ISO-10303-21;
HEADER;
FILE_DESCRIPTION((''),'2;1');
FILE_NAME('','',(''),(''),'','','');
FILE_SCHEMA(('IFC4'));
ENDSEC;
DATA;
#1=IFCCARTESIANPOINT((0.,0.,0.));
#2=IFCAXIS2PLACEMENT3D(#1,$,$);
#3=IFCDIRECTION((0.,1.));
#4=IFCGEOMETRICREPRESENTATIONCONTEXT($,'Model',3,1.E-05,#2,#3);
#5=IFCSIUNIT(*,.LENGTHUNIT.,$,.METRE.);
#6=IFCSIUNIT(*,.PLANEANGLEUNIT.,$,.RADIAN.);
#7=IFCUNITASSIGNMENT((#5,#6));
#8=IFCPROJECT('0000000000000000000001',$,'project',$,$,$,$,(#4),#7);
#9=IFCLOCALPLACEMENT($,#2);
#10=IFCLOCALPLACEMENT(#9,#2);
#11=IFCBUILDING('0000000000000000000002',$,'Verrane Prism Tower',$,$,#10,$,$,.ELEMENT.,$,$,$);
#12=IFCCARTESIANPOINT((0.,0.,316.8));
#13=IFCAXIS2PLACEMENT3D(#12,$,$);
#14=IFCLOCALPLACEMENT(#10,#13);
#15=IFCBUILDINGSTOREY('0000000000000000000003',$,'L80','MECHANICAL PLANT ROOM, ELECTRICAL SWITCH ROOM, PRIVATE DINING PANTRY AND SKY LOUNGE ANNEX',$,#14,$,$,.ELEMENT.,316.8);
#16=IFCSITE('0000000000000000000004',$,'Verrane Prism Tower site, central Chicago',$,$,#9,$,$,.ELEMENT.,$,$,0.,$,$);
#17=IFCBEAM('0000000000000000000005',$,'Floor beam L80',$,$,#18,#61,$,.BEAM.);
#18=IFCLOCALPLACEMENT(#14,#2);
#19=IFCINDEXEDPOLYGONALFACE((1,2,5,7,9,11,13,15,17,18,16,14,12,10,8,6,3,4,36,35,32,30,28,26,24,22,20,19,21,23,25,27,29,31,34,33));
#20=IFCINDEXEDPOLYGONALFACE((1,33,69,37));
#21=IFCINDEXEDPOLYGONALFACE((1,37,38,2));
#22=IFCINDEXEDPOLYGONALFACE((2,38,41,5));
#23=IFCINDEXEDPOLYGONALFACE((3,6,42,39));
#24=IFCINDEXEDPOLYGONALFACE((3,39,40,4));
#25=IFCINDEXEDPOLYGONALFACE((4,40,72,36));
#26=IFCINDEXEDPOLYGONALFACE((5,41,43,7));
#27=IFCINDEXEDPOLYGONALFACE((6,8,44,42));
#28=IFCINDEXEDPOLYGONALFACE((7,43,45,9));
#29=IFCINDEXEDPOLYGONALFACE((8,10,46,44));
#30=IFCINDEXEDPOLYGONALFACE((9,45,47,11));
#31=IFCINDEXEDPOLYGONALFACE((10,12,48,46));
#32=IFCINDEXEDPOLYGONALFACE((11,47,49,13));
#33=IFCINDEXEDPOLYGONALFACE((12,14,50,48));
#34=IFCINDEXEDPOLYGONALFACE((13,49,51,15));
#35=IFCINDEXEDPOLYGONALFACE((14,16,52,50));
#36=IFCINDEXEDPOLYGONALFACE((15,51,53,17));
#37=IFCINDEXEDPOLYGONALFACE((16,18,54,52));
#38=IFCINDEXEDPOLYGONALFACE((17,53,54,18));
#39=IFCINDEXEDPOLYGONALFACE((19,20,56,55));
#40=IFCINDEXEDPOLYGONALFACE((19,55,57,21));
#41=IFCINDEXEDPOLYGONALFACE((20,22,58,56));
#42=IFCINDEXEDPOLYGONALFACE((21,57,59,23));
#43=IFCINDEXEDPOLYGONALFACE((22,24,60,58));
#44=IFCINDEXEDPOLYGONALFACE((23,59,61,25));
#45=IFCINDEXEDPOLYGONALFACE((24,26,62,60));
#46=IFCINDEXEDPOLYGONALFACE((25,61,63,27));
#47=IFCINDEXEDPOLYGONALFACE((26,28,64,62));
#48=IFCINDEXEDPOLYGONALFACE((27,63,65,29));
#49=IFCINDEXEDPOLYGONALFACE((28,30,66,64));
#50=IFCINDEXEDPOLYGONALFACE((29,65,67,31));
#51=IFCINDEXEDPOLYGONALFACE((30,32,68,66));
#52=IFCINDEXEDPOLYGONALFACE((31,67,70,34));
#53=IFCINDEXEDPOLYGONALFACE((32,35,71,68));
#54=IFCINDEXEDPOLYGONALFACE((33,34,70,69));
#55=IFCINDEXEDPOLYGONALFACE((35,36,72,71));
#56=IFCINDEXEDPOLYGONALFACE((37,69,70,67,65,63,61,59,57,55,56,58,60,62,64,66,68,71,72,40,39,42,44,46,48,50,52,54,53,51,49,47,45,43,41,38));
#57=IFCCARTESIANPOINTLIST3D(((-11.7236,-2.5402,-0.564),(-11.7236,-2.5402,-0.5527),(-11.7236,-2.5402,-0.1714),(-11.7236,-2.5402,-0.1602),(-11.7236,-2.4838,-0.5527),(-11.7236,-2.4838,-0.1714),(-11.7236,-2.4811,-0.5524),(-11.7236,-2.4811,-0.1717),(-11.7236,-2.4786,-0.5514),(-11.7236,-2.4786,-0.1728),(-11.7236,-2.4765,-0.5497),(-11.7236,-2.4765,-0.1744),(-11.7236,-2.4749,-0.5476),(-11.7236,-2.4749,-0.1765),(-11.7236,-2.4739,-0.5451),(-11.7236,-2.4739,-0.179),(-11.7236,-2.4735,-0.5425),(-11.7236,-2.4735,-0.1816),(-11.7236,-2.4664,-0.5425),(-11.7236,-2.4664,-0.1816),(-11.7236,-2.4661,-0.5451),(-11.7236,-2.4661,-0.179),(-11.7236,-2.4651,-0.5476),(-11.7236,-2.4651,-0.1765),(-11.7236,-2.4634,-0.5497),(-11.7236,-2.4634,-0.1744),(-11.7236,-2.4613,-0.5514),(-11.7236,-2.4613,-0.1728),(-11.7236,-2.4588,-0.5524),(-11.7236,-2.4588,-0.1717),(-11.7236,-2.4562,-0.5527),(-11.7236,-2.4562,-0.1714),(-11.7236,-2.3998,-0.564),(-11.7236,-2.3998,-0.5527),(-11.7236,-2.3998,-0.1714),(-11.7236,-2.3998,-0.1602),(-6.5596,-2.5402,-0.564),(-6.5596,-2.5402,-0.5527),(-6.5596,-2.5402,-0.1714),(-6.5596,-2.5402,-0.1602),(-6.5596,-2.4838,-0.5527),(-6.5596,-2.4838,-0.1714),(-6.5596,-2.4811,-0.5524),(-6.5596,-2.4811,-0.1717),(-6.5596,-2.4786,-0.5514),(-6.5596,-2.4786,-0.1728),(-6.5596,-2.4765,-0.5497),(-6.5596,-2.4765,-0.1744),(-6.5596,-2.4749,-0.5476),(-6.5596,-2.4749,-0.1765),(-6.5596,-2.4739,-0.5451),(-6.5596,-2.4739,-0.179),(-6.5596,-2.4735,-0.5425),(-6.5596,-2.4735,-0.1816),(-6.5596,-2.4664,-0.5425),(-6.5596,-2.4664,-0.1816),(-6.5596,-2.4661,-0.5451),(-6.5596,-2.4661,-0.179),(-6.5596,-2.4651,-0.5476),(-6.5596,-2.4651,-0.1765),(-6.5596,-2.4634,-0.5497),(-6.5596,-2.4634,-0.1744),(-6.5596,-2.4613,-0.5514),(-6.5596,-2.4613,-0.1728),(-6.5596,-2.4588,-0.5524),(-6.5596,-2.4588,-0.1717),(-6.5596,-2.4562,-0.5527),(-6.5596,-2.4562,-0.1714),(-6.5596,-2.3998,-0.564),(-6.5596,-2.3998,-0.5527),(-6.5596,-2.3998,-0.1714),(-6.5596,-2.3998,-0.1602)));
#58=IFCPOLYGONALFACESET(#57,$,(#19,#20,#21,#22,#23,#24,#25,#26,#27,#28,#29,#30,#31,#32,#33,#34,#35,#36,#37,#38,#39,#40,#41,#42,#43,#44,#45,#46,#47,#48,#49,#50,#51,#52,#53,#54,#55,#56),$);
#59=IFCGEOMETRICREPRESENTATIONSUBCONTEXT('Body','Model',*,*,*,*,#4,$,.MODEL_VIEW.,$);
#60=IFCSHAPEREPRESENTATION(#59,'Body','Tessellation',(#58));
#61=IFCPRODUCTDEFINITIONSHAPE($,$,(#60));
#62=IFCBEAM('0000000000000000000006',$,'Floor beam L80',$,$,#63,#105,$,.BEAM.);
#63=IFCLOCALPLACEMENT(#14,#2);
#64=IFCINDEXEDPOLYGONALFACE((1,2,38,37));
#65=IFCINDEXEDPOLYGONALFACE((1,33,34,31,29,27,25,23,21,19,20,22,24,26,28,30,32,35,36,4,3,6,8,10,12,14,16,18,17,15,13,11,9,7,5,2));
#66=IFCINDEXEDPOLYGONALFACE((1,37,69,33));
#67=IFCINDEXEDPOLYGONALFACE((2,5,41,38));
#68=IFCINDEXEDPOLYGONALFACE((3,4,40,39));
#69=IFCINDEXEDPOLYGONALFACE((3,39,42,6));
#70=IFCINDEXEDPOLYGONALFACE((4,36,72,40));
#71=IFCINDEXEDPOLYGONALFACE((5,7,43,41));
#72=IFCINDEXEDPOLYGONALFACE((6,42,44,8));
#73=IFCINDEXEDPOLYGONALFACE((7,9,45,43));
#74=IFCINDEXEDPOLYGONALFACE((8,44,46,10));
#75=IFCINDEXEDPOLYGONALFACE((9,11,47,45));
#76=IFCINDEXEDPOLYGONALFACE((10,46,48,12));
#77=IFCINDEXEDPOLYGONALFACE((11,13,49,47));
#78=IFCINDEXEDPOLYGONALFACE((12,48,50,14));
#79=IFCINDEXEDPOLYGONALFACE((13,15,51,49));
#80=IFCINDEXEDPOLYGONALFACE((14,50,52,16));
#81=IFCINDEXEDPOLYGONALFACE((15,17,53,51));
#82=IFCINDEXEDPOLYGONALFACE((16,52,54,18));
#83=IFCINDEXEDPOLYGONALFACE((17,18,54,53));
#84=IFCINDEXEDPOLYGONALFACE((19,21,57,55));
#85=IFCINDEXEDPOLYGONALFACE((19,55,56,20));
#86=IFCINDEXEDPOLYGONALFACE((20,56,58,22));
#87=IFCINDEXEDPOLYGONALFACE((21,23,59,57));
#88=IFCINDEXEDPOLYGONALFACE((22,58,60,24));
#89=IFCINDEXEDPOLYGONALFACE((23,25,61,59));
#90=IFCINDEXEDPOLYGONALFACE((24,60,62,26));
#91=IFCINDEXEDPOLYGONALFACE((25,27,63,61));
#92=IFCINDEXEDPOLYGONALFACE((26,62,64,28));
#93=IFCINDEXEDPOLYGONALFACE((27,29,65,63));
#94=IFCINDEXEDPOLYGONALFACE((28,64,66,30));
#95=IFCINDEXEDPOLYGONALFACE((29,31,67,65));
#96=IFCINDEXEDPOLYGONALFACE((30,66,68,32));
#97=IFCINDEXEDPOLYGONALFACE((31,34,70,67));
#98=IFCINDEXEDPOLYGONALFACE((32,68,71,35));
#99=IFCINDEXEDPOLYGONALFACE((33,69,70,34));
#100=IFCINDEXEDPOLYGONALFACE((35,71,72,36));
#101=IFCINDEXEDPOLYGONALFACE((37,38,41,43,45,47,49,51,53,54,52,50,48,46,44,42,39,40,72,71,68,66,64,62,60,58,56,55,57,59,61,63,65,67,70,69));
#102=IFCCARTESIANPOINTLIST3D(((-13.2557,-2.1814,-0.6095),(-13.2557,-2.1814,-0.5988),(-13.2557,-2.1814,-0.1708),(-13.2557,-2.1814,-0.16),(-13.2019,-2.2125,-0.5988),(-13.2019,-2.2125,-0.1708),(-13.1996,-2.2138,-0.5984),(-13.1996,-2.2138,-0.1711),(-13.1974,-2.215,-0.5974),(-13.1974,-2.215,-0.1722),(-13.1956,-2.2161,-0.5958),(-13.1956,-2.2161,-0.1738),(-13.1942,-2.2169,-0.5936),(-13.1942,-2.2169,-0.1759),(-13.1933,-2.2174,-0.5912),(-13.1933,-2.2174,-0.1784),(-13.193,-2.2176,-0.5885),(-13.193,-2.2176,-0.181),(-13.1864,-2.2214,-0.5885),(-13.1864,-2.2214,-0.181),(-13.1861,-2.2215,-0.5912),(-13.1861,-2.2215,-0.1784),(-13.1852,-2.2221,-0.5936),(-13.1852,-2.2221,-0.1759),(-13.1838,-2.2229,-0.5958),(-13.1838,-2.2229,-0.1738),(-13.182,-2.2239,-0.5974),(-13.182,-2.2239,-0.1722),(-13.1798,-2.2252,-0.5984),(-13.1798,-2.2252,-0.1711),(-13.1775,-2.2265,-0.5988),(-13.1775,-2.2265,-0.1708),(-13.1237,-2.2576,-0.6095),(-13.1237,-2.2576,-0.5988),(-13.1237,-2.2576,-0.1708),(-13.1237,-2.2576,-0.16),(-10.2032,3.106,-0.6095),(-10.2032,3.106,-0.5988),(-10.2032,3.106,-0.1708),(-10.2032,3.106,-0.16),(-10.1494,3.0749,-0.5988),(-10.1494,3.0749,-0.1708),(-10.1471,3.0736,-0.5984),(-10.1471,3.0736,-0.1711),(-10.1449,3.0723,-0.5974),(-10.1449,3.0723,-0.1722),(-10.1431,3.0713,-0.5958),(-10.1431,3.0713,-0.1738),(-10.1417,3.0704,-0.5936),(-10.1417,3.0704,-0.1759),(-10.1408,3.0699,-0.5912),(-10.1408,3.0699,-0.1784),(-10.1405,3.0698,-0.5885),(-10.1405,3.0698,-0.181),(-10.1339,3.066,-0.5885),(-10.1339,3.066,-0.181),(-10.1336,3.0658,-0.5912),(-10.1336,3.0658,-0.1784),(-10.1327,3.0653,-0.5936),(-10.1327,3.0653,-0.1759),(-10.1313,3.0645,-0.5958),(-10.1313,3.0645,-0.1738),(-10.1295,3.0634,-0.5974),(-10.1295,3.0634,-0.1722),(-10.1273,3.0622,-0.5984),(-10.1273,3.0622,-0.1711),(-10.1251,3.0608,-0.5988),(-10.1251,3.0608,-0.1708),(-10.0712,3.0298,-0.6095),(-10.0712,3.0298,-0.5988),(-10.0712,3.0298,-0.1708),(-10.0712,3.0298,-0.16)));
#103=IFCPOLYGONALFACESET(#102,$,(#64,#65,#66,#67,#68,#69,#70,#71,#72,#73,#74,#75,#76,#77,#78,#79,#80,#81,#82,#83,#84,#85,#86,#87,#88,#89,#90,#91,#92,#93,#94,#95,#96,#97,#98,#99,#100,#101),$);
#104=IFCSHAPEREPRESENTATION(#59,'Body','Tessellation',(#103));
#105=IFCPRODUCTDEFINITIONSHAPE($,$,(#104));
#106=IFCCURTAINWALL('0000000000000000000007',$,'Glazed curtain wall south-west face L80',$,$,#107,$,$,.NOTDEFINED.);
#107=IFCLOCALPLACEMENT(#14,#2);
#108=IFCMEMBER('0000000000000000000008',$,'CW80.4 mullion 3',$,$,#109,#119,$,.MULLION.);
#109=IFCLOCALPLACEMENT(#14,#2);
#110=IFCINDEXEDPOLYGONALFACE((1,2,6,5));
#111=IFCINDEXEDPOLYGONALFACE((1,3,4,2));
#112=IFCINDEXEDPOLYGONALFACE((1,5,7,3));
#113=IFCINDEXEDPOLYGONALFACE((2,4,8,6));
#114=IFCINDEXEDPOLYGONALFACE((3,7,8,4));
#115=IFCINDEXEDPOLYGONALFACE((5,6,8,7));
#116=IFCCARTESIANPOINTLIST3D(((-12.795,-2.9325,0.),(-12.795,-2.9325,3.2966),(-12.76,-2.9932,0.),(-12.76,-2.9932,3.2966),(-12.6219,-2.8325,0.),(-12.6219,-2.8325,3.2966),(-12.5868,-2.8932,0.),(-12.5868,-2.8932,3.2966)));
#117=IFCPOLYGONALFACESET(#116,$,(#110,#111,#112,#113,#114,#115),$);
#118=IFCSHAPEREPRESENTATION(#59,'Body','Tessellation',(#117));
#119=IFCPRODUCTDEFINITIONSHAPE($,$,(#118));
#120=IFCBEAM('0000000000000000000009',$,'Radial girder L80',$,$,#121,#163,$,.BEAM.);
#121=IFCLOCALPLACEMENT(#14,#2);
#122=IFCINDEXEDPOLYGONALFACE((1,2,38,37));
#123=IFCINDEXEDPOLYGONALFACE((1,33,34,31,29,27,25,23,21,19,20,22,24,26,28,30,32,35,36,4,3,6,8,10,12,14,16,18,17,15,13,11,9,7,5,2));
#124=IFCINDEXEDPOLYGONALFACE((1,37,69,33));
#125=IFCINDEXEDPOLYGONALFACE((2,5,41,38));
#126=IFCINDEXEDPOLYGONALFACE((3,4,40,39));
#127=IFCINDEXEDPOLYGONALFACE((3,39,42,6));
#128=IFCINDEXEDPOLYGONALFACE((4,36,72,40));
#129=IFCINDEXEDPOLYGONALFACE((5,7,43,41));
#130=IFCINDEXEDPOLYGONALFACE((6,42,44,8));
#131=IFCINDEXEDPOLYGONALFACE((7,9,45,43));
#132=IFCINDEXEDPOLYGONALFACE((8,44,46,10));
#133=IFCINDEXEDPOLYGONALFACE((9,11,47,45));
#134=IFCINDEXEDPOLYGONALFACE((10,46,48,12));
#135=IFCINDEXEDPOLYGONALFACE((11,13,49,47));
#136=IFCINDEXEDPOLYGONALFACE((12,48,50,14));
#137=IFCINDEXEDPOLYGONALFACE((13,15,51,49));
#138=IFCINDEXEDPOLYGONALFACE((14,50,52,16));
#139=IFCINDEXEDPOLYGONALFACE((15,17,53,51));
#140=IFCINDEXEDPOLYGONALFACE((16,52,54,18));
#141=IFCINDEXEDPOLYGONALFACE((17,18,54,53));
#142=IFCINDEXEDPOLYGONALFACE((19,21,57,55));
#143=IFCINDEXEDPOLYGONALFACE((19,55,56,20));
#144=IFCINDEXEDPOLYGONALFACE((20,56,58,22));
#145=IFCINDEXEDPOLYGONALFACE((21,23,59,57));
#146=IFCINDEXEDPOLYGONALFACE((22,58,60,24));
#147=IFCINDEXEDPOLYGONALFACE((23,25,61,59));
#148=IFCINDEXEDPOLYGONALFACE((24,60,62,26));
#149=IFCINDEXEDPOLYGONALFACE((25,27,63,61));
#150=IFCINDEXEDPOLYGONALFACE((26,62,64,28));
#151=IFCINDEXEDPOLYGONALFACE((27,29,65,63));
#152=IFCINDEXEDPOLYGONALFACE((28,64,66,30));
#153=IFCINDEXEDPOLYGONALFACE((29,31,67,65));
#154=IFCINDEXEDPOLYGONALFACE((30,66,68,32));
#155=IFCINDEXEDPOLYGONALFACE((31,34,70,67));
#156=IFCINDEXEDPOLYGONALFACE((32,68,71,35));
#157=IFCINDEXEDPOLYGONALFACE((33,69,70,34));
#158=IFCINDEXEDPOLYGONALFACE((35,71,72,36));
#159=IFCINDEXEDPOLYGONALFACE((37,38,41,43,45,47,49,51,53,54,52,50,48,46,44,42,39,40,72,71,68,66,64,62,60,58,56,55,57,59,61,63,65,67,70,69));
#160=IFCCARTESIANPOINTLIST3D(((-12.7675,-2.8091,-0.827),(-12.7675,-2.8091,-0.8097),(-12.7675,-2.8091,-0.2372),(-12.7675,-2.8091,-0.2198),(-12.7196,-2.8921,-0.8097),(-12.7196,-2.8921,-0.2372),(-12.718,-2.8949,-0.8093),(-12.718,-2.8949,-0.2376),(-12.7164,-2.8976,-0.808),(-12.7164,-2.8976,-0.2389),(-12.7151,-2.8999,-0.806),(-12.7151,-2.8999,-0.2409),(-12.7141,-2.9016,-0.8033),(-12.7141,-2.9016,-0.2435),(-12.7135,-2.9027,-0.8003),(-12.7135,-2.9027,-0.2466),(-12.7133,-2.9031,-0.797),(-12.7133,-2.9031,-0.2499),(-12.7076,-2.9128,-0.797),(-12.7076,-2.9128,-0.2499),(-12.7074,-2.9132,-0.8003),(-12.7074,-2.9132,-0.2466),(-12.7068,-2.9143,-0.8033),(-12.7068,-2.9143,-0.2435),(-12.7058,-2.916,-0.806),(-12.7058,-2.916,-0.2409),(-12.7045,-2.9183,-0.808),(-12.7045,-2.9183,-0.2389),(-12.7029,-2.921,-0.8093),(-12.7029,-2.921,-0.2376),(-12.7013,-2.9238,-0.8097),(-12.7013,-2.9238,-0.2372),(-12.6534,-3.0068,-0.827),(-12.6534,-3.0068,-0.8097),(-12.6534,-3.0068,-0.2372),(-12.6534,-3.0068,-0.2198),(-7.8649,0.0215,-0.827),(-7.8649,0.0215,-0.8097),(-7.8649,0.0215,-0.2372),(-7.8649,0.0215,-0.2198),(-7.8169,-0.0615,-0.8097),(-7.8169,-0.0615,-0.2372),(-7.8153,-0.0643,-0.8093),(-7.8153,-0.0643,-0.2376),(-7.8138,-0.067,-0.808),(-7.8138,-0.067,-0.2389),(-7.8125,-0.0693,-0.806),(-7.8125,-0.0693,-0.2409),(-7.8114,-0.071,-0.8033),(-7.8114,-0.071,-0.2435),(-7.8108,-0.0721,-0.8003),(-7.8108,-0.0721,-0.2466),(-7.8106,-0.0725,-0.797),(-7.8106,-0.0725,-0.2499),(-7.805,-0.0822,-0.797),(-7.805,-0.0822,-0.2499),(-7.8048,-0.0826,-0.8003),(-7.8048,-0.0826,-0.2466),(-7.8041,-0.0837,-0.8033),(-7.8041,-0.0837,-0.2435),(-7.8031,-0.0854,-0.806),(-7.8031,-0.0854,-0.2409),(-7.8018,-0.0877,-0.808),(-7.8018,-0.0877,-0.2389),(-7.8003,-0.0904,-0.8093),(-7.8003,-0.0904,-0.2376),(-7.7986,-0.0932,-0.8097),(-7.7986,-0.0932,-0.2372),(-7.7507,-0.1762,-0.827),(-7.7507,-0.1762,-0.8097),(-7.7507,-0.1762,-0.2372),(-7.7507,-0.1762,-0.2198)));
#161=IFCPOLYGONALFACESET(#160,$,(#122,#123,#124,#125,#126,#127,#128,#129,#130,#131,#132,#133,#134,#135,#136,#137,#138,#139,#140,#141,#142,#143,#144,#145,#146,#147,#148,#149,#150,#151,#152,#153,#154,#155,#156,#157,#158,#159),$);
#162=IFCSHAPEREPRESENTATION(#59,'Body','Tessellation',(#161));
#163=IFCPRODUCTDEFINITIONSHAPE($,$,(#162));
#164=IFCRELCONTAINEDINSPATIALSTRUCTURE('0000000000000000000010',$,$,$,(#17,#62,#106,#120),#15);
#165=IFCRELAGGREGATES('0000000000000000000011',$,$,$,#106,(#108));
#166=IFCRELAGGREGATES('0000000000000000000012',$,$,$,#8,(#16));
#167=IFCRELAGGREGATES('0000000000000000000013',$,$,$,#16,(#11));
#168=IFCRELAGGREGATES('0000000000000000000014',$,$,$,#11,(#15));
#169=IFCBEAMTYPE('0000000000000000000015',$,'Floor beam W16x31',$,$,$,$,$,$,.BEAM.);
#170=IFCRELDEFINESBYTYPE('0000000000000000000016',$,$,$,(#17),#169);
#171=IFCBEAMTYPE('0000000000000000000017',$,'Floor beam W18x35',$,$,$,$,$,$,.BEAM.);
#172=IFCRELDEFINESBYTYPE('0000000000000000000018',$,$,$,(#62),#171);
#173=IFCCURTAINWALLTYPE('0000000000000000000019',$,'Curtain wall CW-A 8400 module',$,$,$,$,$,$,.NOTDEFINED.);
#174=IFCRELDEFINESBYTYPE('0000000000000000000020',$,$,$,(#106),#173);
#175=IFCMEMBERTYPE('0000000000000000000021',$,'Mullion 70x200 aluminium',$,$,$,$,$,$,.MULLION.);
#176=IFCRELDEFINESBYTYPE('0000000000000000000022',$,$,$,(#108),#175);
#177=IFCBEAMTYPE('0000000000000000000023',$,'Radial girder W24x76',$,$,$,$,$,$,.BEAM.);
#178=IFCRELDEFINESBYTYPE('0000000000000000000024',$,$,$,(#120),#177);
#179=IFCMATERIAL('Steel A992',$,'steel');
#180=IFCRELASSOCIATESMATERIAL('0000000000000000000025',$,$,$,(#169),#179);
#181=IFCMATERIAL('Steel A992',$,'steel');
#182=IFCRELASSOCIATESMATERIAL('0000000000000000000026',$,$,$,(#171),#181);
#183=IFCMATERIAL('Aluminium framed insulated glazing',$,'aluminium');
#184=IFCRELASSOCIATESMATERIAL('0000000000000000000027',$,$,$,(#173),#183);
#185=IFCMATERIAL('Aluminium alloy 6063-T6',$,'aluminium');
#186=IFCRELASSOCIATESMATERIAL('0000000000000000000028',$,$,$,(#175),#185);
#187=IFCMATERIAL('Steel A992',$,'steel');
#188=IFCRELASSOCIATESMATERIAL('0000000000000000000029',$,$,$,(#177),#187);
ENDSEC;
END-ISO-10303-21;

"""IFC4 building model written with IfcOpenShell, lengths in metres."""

from ifc_helpers import new_model, si_unit, direction, frame, origin, origin_2d, place, context, subcontext, project, spatial, rectangle, i_section, extrude, material, material_profile, profile_set, type_object, element, aggregate, save


model = new_model("IFC4")

# Units and contexts
model_context = context("Model", 3, precision=1e-05, world=origin(), true_north=direction((0.0, 1.0)))
body_context = subcontext(model_context, "Body", "Model", "MODEL_VIEW")
ifc_project = project(units=[si_unit("LENGTHUNIT", "METRE"), si_unit("PLANEANGLEUNIT", "RADIAN")], contexts=[model_context])

# Site, building, storey
site_placement = place(None, origin())
site = spatial("IfcSite", under=ifc_project, at=site_placement, Name="Verrane Prism Tower site, central Chicago", CompositionType="ELEMENT", RefElevation=0.0)
building_placement = place(site_placement, origin())
building = spatial("IfcBuilding", under=site, at=building_placement, Name="Verrane Prism Tower", CompositionType="ELEMENT")
storey_placement = place(building_placement, frame((0.0, 0.0, 316.8)))
storey = spatial("IfcBuildingStorey", under=building, at=storey_placement, Name="L80", Description="MECHANICAL PLANT ROOM, ELECTRICAL SWITCH ROOM, PRIVATE DINING PANTRY AND SKY LOUNGE ANNEX", CompositionType="ELEMENT", Elevation=316.8)

# Beams
ifc_material_1 = material(Name="Steel A992", Category="steel")
ifc_material_profile_1 = material_profile(ifc_material_1, i_section(OverallWidth=0.1404, OverallDepth=0.4038, WebThickness=0.0071, FlangeThickness=0.0112, FilletRadius=0.0103, at=origin_2d()), Name="W16x31")
ifc_profile_set_1 = profile_set([ifc_material_profile_1], Name="Steel A992")
beam_type_1 = type_object("IfcBeamType", Name="Floor beam W16x31", PredefinedType="BEAM", material=ifc_profile_set_1)
beam_1_placement = place(storey_placement, frame((-11.7236, -2.47, -0.3621), z_axis=(1.0, 0.0, 0.0), x_axis=(0.0, 1.0, 0.0)))
element("IfcBeam", 1, at=beam_1_placement, inside=storey, type_object=beam_type_1, Name="Floor beam L80", PredefinedType="BEAM", context=body_context, shape_type="SweptSolid", body=[
    extrude(i_section(OverallWidth=0.1404, OverallDepth=0.4038, WebThickness=0.0071, FlangeThickness=0.0112, FilletRadius=0.0103, at=origin_2d()), origin(), (0.0, 0.0, 1.0), 5.1641),
])
ifc_material_2 = material(Name="Steel A992", Category="steel")
ifc_material_profile_2 = material_profile(ifc_material_2, i_section(OverallWidth=0.1523, OverallDepth=0.4495, WebThickness=0.0076, FlangeThickness=0.0107, FilletRadius=0.0103, at=origin_2d()), Name="W18x35")
ifc_profile_set_2 = profile_set([ifc_material_profile_2], Name="Steel A992")
beam_type_2 = type_object("IfcBeamType", Name="Floor beam W18x35", PredefinedType="BEAM", material=ifc_profile_set_2)
beam_2_placement = place(storey_placement, frame((-13.1897, -2.2195, -0.3848), z_axis=(0.49998, 0.866037, 0.0), x_axis=(-0.866037, 0.49998, 0.0)))
element("IfcBeam", 2, at=beam_2_placement, inside=storey, type_object=beam_type_2, Name="Floor beam L80", PredefinedType="BEAM", context=body_context, shape_type="SweptSolid", body=[
    extrude(i_section(OverallWidth=0.1523, OverallDepth=0.4495, WebThickness=0.0076, FlangeThickness=0.0107, FilletRadius=0.0103, at=origin_2d()), origin(), (0.0, 0.0, 1.0), 6.1052),
])

# Curtain wall, member
ifc_material_3 = material(Name="Aluminium framed insulated glazing", Category="aluminium")
curtain_wall_type = type_object("IfcCurtainWallType", Name="Curtain wall CW-A 8400 module", PredefinedType="NOTDEFINED", material=ifc_material_3)
curtain_wall_placement = place(storey_placement, origin())
curtain_wall = element("IfcCurtainWall", 3, at=curtain_wall_placement, inside=storey, type_object=curtain_wall_type, Name="Glazed curtain wall south-west face L80", PredefinedType="NOTDEFINED")
ifc_material_4 = material(Name="Aluminium alloy 6063-T6", Category="aluminium")
ifc_material_profile_3 = material_profile(ifc_material_4, rectangle(XDim=0.2, YDim=0.0701, at=origin_2d()), Name="Mullion 70x200 aluminium")
ifc_profile_set_3 = profile_set([ifc_material_profile_3], Name="Aluminium alloy 6063-T6")
member_type_1 = type_object("IfcMemberType", Name="Mullion 70x200 aluminium", PredefinedType="MULLION", material=ifc_profile_set_3)
member_1_placement = place(storey_placement, frame((-12.6909, -2.9128, 0.0), z_axis=(0.0, 0.0, 1.0), x_axis=(0.866025, 0.5, 0.0)))
member_1 = element("IfcMember", 4, at=member_1_placement, type_object=member_type_1, Name="CW80.4 mullion 3", PredefinedType="MULLION", context=body_context, shape_type="SweptSolid", body=[
    extrude(rectangle(XDim=0.2, YDim=0.0701, at=origin_2d()), origin(), (0.0, 0.0, 1.0), 3.2966),
])

# Beam
ifc_material_5 = material(Name="Steel A992", Category="steel")
ifc_material_profile_4 = material_profile(ifc_material_5, i_section(OverallWidth=0.2283, OverallDepth=0.6072, WebThickness=0.0112, FlangeThickness=0.0173, FilletRadius=0.0127, at=origin_2d()), Name="W24x76")
ifc_profile_set_4 = profile_set([ifc_material_profile_4], Name="Steel A992")
beam_type_3 = type_object("IfcBeamType", Name="Radial girder W24x76", PredefinedType="BEAM", material=ifc_profile_set_4)
beam_3_placement = place(storey_placement, frame((-12.7104, -2.908, -0.5234), z_axis=(0.866021, 0.500007, 0.0), x_axis=(-0.500007, 0.866021, 0.0)))
element("IfcBeam", 5, at=beam_3_placement, inside=storey, type_object=beam_type_3, Name="Radial girder L80", PredefinedType="BEAM", context=body_context, shape_type="SweptSolid", body=[
    extrude(i_section(OverallWidth=0.2283, OverallDepth=0.6072, WebThickness=0.0112, FlangeThickness=0.0173, FilletRadius=0.0127, at=origin_2d()), origin(), (0.0, 0.0, 1.0), 5.6611),
])

aggregate(curtain_wall, [member_1])

save(model, "model.ifc")
